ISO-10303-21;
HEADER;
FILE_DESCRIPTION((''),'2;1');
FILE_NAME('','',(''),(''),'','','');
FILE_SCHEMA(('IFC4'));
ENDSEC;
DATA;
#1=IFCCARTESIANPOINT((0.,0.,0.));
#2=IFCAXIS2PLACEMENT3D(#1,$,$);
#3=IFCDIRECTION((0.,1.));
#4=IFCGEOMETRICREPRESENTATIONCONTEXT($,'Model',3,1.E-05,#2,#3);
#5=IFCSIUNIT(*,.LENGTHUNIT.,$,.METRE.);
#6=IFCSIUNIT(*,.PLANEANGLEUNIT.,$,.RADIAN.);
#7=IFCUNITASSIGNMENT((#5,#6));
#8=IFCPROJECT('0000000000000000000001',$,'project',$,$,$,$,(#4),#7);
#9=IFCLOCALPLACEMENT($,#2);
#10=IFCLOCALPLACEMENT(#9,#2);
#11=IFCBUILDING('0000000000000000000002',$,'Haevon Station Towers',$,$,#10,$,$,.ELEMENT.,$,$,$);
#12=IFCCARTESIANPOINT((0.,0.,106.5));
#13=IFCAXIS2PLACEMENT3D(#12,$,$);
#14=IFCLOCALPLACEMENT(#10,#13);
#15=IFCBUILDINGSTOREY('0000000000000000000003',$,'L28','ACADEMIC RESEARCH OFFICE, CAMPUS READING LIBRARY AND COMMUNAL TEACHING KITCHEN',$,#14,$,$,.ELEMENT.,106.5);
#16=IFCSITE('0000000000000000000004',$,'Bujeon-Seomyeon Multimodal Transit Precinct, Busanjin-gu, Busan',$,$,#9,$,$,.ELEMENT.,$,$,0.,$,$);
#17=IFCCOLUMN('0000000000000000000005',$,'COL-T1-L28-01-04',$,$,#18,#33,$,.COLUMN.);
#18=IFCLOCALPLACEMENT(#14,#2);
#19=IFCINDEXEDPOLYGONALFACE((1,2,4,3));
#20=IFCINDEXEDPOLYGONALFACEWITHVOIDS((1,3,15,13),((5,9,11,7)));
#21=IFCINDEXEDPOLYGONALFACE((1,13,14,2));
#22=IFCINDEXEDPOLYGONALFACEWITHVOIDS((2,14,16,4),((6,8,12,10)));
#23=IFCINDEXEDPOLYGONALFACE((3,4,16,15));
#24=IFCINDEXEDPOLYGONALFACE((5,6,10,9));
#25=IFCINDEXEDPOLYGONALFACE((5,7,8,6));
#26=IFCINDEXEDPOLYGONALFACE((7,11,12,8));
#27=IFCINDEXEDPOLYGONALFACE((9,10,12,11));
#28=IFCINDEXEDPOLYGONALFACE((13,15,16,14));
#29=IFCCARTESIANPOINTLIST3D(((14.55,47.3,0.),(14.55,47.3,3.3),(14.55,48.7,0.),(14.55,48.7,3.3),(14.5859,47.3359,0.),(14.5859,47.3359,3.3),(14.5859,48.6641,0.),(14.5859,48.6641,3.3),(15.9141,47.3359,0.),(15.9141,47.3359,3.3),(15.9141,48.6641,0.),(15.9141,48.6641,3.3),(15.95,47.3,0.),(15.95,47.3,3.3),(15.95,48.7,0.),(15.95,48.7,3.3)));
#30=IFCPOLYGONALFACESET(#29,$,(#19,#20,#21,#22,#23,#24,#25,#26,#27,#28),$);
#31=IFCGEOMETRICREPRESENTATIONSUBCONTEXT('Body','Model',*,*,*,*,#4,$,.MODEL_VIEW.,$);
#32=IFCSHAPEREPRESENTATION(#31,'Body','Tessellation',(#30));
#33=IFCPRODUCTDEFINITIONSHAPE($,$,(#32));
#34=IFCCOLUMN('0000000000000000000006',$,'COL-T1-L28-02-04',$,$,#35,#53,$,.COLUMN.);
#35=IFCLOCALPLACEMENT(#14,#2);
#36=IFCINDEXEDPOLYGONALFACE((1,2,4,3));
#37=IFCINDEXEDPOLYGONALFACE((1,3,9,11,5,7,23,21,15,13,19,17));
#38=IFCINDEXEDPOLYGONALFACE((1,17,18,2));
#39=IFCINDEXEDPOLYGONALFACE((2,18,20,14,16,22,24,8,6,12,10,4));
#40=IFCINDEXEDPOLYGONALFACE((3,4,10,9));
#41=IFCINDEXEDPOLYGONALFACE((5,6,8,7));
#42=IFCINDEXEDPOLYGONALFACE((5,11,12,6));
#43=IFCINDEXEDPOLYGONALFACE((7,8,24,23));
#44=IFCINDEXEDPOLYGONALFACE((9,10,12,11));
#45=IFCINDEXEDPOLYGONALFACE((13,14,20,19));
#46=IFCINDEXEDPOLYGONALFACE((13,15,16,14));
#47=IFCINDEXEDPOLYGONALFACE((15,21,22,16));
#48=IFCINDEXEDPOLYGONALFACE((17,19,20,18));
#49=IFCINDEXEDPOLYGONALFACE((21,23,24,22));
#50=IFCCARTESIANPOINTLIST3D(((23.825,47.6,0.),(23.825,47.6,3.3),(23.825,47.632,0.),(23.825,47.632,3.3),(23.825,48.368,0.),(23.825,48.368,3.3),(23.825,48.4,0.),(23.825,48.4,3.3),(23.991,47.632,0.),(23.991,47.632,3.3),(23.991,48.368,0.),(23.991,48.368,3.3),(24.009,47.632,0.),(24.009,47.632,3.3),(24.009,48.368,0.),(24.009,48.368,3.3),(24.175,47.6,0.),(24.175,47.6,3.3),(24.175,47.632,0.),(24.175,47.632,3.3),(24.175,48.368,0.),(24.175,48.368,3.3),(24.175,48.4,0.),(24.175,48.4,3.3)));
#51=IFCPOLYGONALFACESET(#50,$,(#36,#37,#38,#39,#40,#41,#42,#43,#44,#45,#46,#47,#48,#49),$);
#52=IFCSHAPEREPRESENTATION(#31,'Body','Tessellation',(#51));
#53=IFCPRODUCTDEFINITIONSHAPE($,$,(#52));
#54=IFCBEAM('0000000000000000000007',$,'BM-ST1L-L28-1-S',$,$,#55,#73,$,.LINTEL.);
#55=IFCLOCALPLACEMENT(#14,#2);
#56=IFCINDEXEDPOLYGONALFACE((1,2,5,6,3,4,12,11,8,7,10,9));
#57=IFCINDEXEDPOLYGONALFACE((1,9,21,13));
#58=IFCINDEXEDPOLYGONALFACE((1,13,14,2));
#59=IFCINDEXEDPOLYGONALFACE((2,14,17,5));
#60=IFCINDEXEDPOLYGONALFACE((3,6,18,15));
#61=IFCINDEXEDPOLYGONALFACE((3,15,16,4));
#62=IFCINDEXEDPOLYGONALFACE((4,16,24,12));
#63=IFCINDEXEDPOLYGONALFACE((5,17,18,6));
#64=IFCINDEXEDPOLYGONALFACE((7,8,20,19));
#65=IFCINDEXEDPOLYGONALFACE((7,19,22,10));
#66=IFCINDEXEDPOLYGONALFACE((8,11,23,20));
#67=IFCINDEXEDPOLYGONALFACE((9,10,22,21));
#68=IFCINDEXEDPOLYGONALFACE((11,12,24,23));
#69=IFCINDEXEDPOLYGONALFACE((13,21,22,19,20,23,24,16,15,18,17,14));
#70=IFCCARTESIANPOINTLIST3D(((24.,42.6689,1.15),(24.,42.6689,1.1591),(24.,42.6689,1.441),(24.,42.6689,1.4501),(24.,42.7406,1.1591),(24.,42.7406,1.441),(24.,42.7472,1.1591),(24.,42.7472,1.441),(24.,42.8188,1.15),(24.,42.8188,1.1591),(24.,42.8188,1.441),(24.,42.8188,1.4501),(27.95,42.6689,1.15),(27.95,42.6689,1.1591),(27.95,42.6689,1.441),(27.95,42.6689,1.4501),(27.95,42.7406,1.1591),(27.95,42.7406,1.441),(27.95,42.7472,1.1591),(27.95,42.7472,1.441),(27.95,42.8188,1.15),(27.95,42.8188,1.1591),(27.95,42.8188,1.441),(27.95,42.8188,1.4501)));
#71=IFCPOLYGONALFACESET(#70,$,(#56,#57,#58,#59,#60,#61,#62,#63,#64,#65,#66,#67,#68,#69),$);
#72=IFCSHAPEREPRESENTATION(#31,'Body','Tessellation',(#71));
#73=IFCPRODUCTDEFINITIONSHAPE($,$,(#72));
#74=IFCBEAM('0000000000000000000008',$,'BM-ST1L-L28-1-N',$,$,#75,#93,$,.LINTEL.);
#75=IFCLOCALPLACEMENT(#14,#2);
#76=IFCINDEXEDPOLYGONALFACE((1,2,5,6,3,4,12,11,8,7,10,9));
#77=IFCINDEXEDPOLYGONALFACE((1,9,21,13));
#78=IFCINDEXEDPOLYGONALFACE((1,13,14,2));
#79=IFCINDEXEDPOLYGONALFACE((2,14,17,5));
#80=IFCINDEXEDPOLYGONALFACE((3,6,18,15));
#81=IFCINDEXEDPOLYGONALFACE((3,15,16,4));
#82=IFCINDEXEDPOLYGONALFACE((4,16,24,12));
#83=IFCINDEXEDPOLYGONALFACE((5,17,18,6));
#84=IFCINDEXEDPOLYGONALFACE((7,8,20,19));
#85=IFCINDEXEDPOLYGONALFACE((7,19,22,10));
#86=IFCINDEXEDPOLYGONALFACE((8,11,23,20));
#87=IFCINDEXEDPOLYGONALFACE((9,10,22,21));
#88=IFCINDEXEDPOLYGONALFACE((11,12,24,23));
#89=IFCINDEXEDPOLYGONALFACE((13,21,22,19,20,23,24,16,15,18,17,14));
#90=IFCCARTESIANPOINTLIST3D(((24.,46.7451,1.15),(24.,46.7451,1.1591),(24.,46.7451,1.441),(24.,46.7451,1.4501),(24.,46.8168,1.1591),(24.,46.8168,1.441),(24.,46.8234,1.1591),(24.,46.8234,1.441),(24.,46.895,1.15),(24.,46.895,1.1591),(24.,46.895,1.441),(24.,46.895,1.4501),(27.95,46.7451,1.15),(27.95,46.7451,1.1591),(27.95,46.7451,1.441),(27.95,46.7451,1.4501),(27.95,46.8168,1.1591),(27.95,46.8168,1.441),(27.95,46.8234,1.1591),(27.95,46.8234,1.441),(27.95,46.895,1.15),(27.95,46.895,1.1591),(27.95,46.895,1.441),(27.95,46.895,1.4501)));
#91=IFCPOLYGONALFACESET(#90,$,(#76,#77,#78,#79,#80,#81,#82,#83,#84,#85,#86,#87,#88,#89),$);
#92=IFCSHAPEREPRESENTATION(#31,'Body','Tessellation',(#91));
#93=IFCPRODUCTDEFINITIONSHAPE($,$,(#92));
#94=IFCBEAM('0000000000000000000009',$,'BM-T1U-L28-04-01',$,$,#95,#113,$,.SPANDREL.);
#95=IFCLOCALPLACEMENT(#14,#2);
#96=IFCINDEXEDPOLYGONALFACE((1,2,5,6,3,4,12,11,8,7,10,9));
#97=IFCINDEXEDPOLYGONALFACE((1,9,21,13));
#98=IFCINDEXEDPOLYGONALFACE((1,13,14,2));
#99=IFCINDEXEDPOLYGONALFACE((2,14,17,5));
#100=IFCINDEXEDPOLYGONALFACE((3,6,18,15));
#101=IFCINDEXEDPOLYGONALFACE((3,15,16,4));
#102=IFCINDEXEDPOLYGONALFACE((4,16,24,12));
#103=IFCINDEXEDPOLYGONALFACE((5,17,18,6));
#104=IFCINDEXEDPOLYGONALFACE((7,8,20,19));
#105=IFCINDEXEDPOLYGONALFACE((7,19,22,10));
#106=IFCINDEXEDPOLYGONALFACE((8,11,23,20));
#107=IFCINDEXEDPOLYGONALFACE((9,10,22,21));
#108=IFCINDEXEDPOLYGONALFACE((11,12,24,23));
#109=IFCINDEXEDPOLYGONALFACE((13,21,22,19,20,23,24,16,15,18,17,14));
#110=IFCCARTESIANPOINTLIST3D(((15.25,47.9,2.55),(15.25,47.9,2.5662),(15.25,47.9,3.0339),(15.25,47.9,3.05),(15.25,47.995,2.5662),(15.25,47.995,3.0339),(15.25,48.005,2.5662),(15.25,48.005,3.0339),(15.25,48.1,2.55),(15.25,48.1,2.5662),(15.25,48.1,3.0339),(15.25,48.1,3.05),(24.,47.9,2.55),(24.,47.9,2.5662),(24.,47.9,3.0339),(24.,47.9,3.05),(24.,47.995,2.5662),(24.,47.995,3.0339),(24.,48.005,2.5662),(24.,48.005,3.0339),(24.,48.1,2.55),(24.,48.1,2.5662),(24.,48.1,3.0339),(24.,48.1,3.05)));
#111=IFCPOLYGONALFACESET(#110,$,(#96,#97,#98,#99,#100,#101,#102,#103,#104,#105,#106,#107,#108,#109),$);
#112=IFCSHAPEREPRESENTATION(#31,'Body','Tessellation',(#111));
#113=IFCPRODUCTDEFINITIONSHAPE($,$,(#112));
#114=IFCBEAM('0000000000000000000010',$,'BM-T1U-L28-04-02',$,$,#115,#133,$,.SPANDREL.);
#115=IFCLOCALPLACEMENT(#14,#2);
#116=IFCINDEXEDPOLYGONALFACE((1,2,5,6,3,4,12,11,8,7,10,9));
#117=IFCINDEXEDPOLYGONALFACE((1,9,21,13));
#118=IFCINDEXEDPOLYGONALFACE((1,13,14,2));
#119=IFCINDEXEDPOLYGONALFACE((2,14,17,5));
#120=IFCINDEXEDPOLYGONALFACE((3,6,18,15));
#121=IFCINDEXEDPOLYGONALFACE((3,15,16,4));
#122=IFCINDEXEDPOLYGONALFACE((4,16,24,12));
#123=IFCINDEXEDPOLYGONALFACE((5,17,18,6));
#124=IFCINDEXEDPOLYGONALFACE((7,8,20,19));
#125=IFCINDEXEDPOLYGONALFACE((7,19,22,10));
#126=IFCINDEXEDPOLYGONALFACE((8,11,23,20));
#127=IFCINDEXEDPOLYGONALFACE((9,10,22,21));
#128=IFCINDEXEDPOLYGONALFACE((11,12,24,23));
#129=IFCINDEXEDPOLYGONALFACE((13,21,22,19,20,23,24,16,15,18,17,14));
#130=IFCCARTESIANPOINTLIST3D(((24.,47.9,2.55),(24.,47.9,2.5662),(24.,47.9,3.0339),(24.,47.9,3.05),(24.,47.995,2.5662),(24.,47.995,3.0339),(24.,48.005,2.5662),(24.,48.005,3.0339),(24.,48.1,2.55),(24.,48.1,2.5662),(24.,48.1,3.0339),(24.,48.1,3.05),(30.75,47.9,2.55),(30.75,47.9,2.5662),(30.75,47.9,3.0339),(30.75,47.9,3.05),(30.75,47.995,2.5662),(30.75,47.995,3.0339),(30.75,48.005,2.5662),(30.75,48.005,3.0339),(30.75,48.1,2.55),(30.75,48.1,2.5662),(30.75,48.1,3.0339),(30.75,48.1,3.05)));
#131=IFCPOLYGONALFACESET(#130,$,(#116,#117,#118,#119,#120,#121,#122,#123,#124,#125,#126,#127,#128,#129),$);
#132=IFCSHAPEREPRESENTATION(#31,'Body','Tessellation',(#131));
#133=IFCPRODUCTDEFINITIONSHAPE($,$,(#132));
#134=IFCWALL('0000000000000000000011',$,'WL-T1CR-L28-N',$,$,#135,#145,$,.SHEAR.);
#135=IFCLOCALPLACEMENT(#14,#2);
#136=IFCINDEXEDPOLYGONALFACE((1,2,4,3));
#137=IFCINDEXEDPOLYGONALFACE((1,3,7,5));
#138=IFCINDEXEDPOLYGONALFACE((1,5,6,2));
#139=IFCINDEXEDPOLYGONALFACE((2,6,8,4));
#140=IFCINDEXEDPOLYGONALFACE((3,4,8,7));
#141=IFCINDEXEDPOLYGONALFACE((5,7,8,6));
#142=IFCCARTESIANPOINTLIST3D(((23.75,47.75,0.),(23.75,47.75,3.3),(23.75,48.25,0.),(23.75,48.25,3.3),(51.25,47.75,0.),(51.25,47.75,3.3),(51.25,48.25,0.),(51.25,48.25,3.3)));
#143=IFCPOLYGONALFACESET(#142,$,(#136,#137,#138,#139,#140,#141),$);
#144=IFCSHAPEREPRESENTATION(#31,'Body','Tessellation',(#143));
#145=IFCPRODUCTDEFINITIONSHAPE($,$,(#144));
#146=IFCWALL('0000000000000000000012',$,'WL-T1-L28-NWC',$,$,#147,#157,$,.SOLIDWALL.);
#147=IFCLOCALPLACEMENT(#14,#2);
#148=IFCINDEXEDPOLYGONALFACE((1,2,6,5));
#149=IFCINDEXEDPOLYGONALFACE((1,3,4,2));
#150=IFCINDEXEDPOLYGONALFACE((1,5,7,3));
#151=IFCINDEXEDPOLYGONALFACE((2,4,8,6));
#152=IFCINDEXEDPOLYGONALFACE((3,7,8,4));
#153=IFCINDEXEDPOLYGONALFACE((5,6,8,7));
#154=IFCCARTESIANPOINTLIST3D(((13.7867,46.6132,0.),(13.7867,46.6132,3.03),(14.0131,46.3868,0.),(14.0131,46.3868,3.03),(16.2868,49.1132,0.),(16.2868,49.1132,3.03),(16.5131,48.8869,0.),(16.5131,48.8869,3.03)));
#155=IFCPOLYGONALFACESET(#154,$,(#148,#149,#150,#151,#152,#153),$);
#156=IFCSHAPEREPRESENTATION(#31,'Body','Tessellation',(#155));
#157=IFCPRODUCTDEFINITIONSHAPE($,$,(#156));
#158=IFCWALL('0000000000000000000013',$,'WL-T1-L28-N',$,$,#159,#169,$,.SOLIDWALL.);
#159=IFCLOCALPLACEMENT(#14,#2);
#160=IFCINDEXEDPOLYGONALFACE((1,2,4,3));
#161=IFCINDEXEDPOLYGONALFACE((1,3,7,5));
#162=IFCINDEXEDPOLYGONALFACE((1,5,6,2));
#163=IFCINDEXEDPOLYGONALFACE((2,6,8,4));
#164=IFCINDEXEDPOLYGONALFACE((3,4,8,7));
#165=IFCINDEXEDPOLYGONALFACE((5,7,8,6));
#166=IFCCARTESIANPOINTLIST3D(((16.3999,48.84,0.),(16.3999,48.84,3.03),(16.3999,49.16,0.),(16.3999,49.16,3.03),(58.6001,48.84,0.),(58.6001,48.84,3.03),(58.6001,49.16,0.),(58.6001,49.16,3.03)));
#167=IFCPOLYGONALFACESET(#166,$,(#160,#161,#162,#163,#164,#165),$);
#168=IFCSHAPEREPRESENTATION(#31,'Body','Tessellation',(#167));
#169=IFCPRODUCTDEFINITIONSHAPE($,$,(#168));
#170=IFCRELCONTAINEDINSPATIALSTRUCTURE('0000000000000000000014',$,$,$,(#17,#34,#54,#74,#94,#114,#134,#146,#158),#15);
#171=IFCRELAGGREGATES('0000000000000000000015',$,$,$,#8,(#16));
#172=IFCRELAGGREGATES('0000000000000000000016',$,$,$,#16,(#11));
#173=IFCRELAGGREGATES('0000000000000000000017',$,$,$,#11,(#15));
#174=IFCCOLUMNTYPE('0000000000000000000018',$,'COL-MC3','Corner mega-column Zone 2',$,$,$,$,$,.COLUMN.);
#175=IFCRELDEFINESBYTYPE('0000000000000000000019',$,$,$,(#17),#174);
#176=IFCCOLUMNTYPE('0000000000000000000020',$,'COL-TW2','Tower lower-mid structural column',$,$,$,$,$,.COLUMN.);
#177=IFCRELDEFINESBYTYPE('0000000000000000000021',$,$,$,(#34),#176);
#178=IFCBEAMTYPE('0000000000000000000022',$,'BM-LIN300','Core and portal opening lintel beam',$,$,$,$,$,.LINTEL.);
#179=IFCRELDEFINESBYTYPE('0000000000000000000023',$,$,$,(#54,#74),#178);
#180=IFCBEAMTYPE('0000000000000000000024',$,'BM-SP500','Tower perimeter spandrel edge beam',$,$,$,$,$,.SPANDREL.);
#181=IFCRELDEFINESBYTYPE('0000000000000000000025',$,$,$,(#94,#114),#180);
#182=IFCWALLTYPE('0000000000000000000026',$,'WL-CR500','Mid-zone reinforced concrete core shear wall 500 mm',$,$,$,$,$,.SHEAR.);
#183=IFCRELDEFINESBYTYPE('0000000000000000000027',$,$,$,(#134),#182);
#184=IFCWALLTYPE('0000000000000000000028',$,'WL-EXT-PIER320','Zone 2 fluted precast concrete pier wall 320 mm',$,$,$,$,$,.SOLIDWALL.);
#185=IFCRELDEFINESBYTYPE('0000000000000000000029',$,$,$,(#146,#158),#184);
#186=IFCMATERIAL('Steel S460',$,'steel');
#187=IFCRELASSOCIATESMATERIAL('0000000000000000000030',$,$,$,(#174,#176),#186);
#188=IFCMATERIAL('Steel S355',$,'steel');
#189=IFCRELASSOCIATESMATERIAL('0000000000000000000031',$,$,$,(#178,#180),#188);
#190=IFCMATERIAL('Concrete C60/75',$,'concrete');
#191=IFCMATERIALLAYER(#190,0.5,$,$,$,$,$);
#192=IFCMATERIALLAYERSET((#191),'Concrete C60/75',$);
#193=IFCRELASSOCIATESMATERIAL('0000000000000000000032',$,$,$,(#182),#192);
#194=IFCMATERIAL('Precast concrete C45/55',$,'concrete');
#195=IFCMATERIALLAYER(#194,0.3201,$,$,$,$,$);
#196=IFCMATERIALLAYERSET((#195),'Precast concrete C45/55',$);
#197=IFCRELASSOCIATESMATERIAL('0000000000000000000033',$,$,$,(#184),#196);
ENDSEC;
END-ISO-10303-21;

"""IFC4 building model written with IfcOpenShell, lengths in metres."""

from ifc_helpers import new_model, si_unit, direction, frame, frame_2d, origin, origin_2d, place, context, subcontext, project, spatial, rectangle, hollow_rectangle, i_section, extrude, material, layer, layer_set, material_profile, profile_set, type_object, element, save


model = new_model("IFC4")

# Units and contexts
model_context = context("Model", 3, precision=1e-05, world=origin(), true_north=direction((0.0, 1.0)))
body_context = subcontext(model_context, "Body", "Model", "MODEL_VIEW")
ifc_project = project(units=[si_unit("LENGTHUNIT", "METRE"), si_unit("PLANEANGLEUNIT", "RADIAN")], contexts=[model_context])

# Site, building, storey
site_placement = place(None, origin())
site = spatial("IfcSite", under=ifc_project, at=site_placement, Name="Bujeon-Seomyeon Multimodal Transit Precinct, Busanjin-gu, Busan", CompositionType="ELEMENT", RefElevation=0.0)
building_placement = place(site_placement, origin())
building = spatial("IfcBuilding", under=site, at=building_placement, Name="Haevon Station Towers", CompositionType="ELEMENT")
storey_placement = place(building_placement, frame((0.0, 0.0, 106.5)))
storey = spatial("IfcBuildingStorey", under=building, at=storey_placement, Name="L28", Description="ACADEMIC RESEARCH OFFICE, CAMPUS READING LIBRARY AND COMMUNAL TEACHING KITCHEN", CompositionType="ELEMENT", Elevation=106.5)

# Columns
ifc_material_1 = material(Name="Steel S460", Category="steel")
ifc_material_profile_1 = material_profile(ifc_material_1, hollow_rectangle(XDim=1.3999, YDim=1.3999, WallThickness=0.0359, at=origin_2d()), Name="BOX-1400x1400x36")
ifc_profile_set_1 = profile_set([ifc_material_profile_1], Name="Steel S460")
column_type_1 = type_object("IfcColumnType", Name="COL-MC3", Description="Corner mega-column Zone 2", PredefinedType="COLUMN", material=ifc_profile_set_1)
column_1_placement = place(storey_placement, frame((15.25, 48.0, 0.0), z_axis=(0.0, 0.0, 1.0), x_axis=(1.0, 0.0, 0.0)))
element("IfcColumn", 1, at=column_1_placement, inside=storey, type_object=column_type_1, Name="COL-T1-L28-01-04", PredefinedType="COLUMN", context=body_context, shape_type="SweptSolid", body=[
    extrude(hollow_rectangle(XDim=1.3999, YDim=1.3999, WallThickness=0.0359, at=origin_2d()), origin(), (0.0, 0.0, 1.0), 3.3),
])
ifc_material_profile_2 = material_profile(ifc_material_1, i_section(OverallWidth=0.3501, OverallDepth=0.8, WebThickness=0.0181, FlangeThickness=0.032, at=origin_2d()), Name="H-800x350x18x32")
ifc_profile_set_2 = profile_set([ifc_material_profile_2], Name="Steel S460")
column_type_2 = type_object("IfcColumnType", Name="COL-TW2", Description="Tower lower-mid structural column", PredefinedType="COLUMN", material=ifc_profile_set_2)
column_2_placement = place(storey_placement, frame((24.0, 48.0, 0.0), z_axis=(0.0, 0.0, 1.0), x_axis=(1.0, 0.0, 0.0)))
element("IfcColumn", 2, at=column_2_placement, inside=storey, type_object=column_type_2, Name="COL-T1-L28-02-04", PredefinedType="COLUMN", context=body_context, shape_type="SweptSolid", body=[
    extrude(i_section(OverallWidth=0.3501, OverallDepth=0.8, WebThickness=0.0181, FlangeThickness=0.032, at=origin_2d()), origin(), (0.0, 0.0, 1.0), 3.3),
])

# Beams
ifc_material_2 = material(Name="Steel S355", Category="steel")
ifc_material_profile_3 = material_profile(ifc_material_2, i_section(OverallWidth=0.1499, OverallDepth=0.3, WebThickness=0.0066, FlangeThickness=0.009, at=origin_2d()), Name="H-300x150x6.5x9")
ifc_profile_set_3 = profile_set([ifc_material_profile_3], Name="Steel S355")
beam_type_1 = type_object("IfcBeamType", Name="BM-LIN300", Description="Core and portal opening lintel beam", PredefinedType="LINTEL", material=ifc_profile_set_3)
for number, where, z_axis, x_axis, name in (
    (3, (24.0, 42.7439, 1.3), (1.0, 0.0, 0.0), (0.0, 1.0, 0.0), "BM-ST1L-L28-1-S"),
    (4, (24.0, 46.8201, 1.3), (1.0, 0.0, 0.0), (0.0, 1.0, 0.0), "BM-ST1L-L28-1-N"),
):
    element("IfcBeam", number, at=place(storey_placement, frame(where, z_axis=z_axis, x_axis=x_axis)), inside=storey, type_object=beam_type_1, Name=name, PredefinedType="LINTEL", context=body_context, shape_type="SweptSolid", body=[
        extrude(i_section(OverallWidth=0.1499, OverallDepth=0.3, WebThickness=0.0066, FlangeThickness=0.009, at=origin_2d()), origin(), (0.0, 0.0, 1.0), 3.95),
    ])
ifc_material_profile_4 = material_profile(ifc_material_2, i_section(OverallWidth=0.2, OverallDepth=0.5, WebThickness=0.01, FlangeThickness=0.0161, at=origin_2d()), Name="H-500x200x10x16")
ifc_profile_set_4 = profile_set([ifc_material_profile_4], Name="Steel S355")
beam_type_2 = type_object("IfcBeamType", Name="BM-SP500", Description="Tower perimeter spandrel edge beam", PredefinedType="SPANDREL", material=ifc_profile_set_4)
beam_1_placement = place(storey_placement, frame((15.25, 48.0, 2.8), z_axis=(1.0, 0.0, 0.0), x_axis=(0.0, 1.0, 0.0)))
element("IfcBeam", 5, at=beam_1_placement, inside=storey, type_object=beam_type_2, Name="BM-T1U-L28-04-01", PredefinedType="SPANDREL", context=body_context, shape_type="SweptSolid", body=[
    extrude(i_section(OverallWidth=0.2, OverallDepth=0.5, WebThickness=0.01, FlangeThickness=0.0161, at=origin_2d()), origin(), (0.0, 0.0, 1.0), 8.75),
])
beam_2_placement = place(storey_placement, frame((24.0, 48.0, 2.8), z_axis=(1.0, 0.0, 0.0), x_axis=(0.0, 1.0, 0.0)))
element("IfcBeam", 6, at=beam_2_placement, inside=storey, type_object=beam_type_2, Name="BM-T1U-L28-04-02", PredefinedType="SPANDREL", context=body_context, shape_type="SweptSolid", body=[
    extrude(i_section(OverallWidth=0.2, OverallDepth=0.5, WebThickness=0.01, FlangeThickness=0.0161, at=origin_2d()), origin(), (0.0, 0.0, 1.0), 6.75),
])

# Walls
ifc_material_3 = material(Name="Concrete C60/75", Category="concrete")
ifc_layer_1 = layer(ifc_material_3, 0.5)
ifc_layer_set_1 = layer_set([ifc_layer_1], Name="Concrete C60/75")
wall_type_1 = type_object("IfcWallType", Name="WL-CR500", Description="Mid-zone reinforced concrete core shear wall 500 mm", PredefinedType="SHEAR", material=ifc_layer_set_1)
wall_1_placement = place(storey_placement, frame((23.75, 48.0, 0.0), z_axis=(0.0, 0.0, 1.0), x_axis=(1.0, 0.0, 0.0)))
element("IfcWall", 7, at=wall_1_placement, inside=storey, type_object=wall_type_1, Name="WL-T1CR-L28-N", PredefinedType="SHEAR", context=body_context, shape_type="SweptSolid", body=[
    extrude(rectangle(XDim=27.5, YDim=0.5, at=frame_2d((13.75, 0.0))), origin(), (0.0, 0.0, 1.0), 3.3),
])
ifc_material_4 = material(Name="Precast concrete C45/55", Category="concrete")
ifc_layer_2 = layer(ifc_material_4, 0.3201)
ifc_layer_set_2 = layer_set([ifc_layer_2], Name="Precast concrete C45/55")
wall_type_2 = type_object("IfcWallType", Name="WL-EXT-PIER320", Description="Zone 2 fluted precast concrete pier wall 320 mm", PredefinedType="SOLIDWALL", material=ifc_layer_set_2)
wall_2_placement = place(storey_placement, frame((13.8999, 46.5, 0.0), z_axis=(0.0, 0.0, 1.0), x_axis=(0.707107, 0.707107, 0.0)))
element("IfcWall", 8, at=wall_2_placement, inside=storey, type_object=wall_type_2, Name="WL-T1-L28-NWC", PredefinedType="SOLIDWALL", context=body_context, shape_type="SweptSolid", body=[
    extrude(rectangle(XDim=3.5356, YDim=0.3201, at=frame_2d((1.7678, 0.0))), origin(), (0.0, 0.0, 1.0), 3.03),
])
wall_3_placement = place(storey_placement, frame((16.3999, 49.0, 0.0), z_axis=(0.0, 0.0, 1.0), x_axis=(1.0, 0.0, 0.0)))
element("IfcWall", 9, at=wall_3_placement, inside=storey, type_object=wall_type_2, Name="WL-T1-L28-N", PredefinedType="SOLIDWALL", context=body_context, shape_type="SweptSolid", body=[
    extrude(rectangle(XDim=42.2002, YDim=0.3201, at=frame_2d((21.1001, 0.0))), origin(), (0.0, 0.0, 1.0), 3.03),
])

save(model, "model.ifc")
